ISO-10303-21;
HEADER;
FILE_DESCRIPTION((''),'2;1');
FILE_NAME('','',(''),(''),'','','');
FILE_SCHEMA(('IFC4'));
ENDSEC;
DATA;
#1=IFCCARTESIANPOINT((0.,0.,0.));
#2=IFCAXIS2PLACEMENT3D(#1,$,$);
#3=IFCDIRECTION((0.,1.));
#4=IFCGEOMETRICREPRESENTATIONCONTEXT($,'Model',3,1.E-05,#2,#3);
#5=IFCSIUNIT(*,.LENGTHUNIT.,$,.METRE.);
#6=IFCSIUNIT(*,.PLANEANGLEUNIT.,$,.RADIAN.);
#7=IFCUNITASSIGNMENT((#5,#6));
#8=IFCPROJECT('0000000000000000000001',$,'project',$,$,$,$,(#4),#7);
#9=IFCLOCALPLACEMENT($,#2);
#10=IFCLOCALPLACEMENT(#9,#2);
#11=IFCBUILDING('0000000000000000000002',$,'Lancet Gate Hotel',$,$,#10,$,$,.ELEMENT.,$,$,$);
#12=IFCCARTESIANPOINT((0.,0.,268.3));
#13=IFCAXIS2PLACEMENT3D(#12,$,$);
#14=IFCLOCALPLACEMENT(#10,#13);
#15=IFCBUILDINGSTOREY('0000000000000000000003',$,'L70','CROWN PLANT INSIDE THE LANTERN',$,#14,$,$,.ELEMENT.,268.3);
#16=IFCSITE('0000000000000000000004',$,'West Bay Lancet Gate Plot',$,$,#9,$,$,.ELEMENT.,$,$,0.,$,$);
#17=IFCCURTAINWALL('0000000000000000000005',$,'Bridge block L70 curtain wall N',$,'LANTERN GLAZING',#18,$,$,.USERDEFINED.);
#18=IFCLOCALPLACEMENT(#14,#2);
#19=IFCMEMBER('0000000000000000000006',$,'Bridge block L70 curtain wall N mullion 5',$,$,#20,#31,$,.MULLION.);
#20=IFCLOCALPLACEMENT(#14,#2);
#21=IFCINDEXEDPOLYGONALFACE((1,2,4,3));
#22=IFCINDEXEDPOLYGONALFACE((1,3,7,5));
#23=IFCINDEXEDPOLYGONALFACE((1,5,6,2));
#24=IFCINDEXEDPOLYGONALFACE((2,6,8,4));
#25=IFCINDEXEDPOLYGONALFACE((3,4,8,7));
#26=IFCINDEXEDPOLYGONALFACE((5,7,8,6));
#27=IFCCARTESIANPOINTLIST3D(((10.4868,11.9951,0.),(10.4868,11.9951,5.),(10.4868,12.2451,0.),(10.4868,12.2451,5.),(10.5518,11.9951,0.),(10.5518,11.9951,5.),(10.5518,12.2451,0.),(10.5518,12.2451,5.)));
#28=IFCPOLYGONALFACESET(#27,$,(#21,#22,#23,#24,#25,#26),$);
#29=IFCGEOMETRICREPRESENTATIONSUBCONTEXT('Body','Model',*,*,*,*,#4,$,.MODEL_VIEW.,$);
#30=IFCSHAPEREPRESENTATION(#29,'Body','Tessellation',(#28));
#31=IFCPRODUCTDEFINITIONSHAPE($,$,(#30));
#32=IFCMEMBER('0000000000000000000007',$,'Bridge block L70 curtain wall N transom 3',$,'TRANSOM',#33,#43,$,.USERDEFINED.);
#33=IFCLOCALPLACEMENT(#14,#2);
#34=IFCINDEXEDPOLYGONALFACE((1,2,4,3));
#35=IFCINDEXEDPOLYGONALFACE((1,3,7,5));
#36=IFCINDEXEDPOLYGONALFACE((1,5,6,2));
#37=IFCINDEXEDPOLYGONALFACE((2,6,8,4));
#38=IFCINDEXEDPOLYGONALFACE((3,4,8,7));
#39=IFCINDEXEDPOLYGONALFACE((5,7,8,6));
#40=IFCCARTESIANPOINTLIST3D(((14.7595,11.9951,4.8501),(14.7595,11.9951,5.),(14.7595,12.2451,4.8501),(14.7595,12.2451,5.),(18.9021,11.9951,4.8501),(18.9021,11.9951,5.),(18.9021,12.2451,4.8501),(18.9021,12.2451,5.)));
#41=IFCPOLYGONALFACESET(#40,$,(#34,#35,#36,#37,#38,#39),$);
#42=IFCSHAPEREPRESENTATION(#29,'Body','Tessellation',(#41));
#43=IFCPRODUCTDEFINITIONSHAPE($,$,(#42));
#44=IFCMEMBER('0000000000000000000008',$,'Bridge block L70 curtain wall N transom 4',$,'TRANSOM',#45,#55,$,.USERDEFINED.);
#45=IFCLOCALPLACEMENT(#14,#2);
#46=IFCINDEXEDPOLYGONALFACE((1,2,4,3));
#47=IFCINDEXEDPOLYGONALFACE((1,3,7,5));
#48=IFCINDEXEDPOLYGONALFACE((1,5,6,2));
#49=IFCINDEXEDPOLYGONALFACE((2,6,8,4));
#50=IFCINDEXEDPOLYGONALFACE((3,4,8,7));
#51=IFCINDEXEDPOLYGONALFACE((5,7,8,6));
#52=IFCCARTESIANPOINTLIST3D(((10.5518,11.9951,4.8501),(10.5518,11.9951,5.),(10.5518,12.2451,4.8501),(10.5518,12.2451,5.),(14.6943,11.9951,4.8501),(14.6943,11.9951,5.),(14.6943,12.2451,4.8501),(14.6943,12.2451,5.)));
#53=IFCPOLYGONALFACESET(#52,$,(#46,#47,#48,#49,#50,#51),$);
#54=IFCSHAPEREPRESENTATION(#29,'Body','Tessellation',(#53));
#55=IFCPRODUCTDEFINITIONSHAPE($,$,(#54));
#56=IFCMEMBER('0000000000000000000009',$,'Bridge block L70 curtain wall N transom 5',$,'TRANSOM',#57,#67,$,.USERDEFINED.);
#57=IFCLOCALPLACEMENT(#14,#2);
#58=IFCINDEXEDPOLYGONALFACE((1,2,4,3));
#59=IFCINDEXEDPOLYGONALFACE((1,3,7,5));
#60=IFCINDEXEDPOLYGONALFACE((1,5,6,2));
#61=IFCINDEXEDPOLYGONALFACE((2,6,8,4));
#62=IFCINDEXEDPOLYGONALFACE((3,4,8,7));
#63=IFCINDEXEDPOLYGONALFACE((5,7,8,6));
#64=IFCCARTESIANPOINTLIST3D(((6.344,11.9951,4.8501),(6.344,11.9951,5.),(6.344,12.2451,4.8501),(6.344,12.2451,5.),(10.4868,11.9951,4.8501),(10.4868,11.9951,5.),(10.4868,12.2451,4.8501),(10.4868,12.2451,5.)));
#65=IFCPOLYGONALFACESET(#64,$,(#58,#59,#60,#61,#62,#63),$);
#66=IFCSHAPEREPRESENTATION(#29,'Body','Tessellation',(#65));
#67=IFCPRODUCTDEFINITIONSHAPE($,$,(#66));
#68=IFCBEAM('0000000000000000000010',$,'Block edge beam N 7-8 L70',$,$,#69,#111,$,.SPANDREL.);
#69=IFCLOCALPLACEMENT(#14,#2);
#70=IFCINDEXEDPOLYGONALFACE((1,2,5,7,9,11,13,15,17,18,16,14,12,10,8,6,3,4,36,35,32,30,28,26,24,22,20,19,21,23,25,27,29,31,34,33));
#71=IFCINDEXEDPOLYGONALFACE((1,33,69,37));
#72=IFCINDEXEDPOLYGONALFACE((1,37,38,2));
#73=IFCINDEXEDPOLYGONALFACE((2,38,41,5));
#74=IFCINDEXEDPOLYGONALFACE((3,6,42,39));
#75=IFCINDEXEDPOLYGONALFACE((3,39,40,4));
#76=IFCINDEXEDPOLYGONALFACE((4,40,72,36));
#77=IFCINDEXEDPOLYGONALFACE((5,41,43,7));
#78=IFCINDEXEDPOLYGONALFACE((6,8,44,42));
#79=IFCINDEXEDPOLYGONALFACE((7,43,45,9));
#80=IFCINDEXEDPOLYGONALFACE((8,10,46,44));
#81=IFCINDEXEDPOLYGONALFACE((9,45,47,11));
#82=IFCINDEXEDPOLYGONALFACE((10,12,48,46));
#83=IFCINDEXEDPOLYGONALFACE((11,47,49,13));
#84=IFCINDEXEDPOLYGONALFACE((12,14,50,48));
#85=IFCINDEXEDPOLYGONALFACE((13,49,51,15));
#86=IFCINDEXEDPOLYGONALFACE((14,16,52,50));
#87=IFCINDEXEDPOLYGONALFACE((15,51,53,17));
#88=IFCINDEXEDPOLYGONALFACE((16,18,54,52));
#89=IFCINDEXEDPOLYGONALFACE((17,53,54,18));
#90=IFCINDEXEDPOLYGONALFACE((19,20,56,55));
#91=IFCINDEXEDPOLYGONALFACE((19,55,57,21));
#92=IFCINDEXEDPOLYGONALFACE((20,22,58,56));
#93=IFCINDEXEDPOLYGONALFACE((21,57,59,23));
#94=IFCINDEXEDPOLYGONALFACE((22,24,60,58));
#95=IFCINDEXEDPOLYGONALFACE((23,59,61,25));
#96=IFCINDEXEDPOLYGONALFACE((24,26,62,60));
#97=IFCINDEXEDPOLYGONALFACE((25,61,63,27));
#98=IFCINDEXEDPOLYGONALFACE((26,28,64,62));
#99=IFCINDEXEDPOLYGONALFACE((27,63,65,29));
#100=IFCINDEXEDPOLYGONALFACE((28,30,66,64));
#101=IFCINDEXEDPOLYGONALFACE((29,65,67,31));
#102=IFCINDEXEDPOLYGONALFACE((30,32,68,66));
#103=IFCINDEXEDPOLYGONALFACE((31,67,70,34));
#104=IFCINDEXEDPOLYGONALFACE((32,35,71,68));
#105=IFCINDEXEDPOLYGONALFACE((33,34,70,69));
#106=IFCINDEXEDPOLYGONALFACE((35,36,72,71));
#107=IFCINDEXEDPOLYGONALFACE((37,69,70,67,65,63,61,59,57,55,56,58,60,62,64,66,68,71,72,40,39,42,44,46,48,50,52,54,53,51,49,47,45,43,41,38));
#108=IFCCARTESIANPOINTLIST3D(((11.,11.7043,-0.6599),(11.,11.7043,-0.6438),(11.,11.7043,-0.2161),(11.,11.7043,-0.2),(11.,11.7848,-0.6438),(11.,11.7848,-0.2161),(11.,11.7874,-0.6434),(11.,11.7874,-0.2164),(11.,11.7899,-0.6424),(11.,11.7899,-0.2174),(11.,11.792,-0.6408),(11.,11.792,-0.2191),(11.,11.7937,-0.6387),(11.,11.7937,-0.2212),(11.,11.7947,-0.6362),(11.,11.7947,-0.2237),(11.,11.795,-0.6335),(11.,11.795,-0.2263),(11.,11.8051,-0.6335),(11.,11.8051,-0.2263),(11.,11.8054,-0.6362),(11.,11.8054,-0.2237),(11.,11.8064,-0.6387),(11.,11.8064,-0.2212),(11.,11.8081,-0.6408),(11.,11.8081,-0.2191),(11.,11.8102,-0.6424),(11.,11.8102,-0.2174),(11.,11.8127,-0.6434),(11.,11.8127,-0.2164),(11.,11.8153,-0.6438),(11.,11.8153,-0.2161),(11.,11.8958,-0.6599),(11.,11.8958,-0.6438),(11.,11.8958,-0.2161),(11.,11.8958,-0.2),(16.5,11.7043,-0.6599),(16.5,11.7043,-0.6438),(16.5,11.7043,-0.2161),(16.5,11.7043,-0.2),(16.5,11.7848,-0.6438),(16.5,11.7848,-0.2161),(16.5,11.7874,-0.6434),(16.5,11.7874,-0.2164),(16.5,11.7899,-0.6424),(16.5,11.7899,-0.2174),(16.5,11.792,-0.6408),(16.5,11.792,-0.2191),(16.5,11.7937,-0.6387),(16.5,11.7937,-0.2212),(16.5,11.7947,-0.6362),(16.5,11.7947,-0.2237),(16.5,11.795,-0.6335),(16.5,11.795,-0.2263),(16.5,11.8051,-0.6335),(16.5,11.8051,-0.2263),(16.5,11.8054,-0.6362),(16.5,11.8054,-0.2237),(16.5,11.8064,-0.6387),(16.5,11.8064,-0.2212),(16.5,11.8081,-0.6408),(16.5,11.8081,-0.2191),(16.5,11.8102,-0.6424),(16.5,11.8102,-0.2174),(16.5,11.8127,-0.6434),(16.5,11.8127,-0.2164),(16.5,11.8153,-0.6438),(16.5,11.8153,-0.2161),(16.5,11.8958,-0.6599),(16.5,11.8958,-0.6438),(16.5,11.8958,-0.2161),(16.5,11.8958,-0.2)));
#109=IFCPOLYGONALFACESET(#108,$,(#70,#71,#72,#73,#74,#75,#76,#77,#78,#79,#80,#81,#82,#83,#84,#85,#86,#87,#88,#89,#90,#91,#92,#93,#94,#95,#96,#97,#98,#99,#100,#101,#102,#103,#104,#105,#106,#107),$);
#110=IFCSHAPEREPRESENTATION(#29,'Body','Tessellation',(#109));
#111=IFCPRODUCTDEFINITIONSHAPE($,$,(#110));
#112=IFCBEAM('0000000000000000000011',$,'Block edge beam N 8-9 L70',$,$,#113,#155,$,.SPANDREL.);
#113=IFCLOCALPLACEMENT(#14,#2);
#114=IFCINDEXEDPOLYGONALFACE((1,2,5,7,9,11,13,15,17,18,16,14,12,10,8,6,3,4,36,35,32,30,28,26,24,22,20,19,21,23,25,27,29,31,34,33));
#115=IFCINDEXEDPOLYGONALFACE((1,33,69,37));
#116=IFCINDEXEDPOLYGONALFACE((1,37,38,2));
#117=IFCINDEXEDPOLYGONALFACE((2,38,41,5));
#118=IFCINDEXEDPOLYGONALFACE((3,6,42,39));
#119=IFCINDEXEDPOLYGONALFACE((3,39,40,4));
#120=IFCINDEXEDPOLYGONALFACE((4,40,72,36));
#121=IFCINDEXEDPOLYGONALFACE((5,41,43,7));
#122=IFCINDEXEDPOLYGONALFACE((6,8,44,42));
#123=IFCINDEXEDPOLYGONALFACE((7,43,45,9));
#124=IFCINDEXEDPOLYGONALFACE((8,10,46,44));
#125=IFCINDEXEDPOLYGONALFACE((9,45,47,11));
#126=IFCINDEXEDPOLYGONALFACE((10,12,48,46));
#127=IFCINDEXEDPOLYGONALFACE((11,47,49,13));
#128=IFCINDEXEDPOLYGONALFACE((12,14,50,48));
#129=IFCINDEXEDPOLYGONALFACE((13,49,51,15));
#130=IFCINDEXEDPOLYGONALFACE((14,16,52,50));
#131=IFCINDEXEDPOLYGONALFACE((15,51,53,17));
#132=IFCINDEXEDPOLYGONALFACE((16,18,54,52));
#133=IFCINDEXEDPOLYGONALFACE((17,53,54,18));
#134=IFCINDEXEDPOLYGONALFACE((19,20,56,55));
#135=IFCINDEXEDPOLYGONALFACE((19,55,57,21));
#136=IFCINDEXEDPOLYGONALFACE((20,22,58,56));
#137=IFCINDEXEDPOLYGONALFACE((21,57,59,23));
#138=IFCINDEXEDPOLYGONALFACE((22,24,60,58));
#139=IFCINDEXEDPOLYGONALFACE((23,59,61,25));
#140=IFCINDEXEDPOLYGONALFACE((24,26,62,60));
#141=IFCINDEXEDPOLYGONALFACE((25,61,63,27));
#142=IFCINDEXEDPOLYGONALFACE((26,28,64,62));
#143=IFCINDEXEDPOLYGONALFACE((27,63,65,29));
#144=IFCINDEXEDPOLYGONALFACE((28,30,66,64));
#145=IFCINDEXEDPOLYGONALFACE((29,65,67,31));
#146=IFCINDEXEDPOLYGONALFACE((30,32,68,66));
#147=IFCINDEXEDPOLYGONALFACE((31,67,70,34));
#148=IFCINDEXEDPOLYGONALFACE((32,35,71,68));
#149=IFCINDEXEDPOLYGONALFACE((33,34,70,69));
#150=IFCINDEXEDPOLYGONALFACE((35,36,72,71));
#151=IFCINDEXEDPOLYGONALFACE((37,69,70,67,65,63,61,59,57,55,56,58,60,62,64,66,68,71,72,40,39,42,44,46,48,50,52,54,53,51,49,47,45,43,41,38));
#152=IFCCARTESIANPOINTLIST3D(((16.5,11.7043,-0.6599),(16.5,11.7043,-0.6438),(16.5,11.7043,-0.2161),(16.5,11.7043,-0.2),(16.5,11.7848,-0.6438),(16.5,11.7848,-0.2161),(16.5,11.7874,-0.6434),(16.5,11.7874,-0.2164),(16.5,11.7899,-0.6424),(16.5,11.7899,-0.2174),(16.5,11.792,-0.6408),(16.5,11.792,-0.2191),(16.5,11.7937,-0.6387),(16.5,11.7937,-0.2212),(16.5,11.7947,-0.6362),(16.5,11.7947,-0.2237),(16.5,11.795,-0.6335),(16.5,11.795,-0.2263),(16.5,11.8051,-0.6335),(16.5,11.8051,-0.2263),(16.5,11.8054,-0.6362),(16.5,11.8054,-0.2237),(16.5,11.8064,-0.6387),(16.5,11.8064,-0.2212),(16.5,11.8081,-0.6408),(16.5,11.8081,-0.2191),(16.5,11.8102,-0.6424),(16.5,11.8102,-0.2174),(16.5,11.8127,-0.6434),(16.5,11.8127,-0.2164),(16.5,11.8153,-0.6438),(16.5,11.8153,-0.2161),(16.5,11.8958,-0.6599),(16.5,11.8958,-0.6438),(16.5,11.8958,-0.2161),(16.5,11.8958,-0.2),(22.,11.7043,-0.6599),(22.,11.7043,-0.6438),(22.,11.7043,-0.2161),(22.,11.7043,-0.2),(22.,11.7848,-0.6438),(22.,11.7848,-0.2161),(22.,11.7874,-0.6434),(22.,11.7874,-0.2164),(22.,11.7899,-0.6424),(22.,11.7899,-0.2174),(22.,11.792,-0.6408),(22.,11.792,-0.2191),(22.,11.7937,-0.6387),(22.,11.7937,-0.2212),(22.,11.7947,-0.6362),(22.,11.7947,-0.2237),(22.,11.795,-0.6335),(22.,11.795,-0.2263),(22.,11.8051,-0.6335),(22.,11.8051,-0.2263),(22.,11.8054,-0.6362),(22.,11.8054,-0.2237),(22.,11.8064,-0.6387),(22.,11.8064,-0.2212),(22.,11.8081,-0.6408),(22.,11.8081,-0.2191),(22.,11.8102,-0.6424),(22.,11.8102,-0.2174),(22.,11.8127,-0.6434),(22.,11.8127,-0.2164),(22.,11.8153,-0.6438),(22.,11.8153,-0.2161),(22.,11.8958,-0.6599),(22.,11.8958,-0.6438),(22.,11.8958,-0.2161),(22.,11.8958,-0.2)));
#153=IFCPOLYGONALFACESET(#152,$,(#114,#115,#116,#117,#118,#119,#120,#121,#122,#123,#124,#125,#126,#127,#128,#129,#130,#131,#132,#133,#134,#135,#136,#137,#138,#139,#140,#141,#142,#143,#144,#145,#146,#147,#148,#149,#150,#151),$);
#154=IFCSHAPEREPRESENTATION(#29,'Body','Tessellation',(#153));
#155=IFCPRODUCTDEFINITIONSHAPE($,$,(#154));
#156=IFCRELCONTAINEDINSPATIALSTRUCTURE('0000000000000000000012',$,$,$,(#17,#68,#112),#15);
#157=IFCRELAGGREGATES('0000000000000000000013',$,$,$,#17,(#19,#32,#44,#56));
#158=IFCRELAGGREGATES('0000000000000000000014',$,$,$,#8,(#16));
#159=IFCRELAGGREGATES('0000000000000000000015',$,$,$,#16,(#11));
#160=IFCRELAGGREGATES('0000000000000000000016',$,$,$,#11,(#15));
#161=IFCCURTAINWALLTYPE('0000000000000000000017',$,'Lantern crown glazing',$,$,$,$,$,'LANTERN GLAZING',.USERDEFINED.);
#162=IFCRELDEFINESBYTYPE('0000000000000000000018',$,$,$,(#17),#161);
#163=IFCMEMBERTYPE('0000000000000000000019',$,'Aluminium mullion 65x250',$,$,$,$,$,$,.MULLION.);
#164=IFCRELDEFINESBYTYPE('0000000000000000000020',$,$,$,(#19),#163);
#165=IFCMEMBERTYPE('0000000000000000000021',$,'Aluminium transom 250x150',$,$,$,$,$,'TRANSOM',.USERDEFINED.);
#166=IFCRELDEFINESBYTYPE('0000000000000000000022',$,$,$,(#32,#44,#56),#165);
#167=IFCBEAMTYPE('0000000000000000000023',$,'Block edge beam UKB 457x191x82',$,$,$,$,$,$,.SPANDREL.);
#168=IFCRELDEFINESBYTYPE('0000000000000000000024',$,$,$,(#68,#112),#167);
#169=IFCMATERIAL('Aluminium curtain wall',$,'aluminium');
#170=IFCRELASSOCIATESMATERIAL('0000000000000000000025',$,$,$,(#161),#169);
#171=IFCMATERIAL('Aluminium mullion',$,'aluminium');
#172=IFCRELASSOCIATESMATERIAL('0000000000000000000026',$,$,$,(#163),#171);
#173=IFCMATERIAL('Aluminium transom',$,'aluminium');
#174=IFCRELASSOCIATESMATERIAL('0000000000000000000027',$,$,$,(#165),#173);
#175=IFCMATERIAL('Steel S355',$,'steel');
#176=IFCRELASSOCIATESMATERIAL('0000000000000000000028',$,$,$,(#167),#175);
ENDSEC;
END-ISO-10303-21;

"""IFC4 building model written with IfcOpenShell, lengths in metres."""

from ifc_helpers import new_model, si_unit, direction, frame, origin, origin_2d, place, context, subcontext, project, spatial, rectangle, i_section, extrude, material, material_profile, profile_set, type_object, element, aggregate, save


model = new_model("IFC4")

# Units and contexts
model_context = context("Model", 3, precision=1e-05, world=origin(), true_north=direction((0.0, 1.0)))
body_context = subcontext(model_context, "Body", "Model", "MODEL_VIEW")
ifc_project = project(units=[si_unit("LENGTHUNIT", "METRE"), si_unit("PLANEANGLEUNIT", "RADIAN")], contexts=[model_context])

# Site, building, storey
site_placement = place(None, origin())
site = spatial("IfcSite", under=ifc_project, at=site_placement, Name="West Bay Lancet Gate Plot", CompositionType="ELEMENT", RefElevation=0.0)
building_placement = place(site_placement, origin())
building = spatial("IfcBuilding", under=site, at=building_placement, Name="Lancet Gate Hotel", CompositionType="ELEMENT")
storey_placement = place(building_placement, frame((0.0, 0.0, 268.3)))
storey = spatial("IfcBuildingStorey", under=building, at=storey_placement, Name="L70", Description="CROWN PLANT INSIDE THE LANTERN", CompositionType="ELEMENT", Elevation=268.3)

# Curtain wall, members
ifc_material_1 = material(Name="Aluminium curtain wall", Category="aluminium")
curtain_wall_type_1 = type_object("IfcCurtainWallType", Name="Lantern crown glazing", ElementType="LANTERN GLAZING", PredefinedType="USERDEFINED", material=ifc_material_1)
curtain_wall_1_placement = place(storey_placement, origin())
curtain_wall_1 = element("IfcCurtainWall", 1, at=curtain_wall_1_placement, inside=storey, type_object=curtain_wall_type_1, Name="Bridge block L70 curtain wall N", ObjectType="LANTERN GLAZING", PredefinedType="USERDEFINED")
ifc_material_2 = material(Name="Aluminium mullion", Category="aluminium")
ifc_material_profile_1 = material_profile(ifc_material_2, rectangle(XDim=0.0649, YDim=0.25, at=origin_2d()), Name="MULLION 65x250")
ifc_profile_set_1 = profile_set([ifc_material_profile_1], Name="Aluminium mullion")
member_type_1 = type_object("IfcMemberType", Name="Aluminium mullion 65x250", PredefinedType="MULLION", material=ifc_profile_set_1)
member_1_placement = place(storey_placement, frame((10.5193, 12.1201, 0.0), z_axis=(0.0, 0.0, 1.0), x_axis=(-1.0, 0.0, 0.0)))
member_1 = element("IfcMember", 2, at=member_1_placement, type_object=member_type_1, Name="Bridge block L70 curtain wall N mullion 5", PredefinedType="MULLION", context=body_context, shape_type="SweptSolid", body=[
    extrude(rectangle(XDim=0.0649, YDim=0.25, at=origin_2d()), origin(), (0.0, 0.0, 1.0), 5.0),
])
ifc_material_3 = material(Name="Aluminium transom", Category="aluminium")
ifc_material_profile_2 = material_profile(ifc_material_3, rectangle(XDim=0.25, YDim=0.1499, at=origin_2d()), Name="TRANSOM 250x150")
ifc_profile_set_2 = profile_set([ifc_material_profile_2], Name="Aluminium transom")
member_type_2 = type_object("IfcMemberType", Name="Aluminium transom 250x150", ElementType="TRANSOM", PredefinedType="USERDEFINED", material=ifc_profile_set_2)
member_2_placement = place(storey_placement, frame((18.9021, 12.1201, 4.925), z_axis=(-1.0, 0.0, 0.0), x_axis=(0.0, -1.0, 0.0)))
member_2 = element("IfcMember", 3, at=member_2_placement, type_object=member_type_2, Name="Bridge block L70 curtain wall N transom 3", ObjectType="TRANSOM", PredefinedType="USERDEFINED", context=body_context, shape_type="SweptSolid", body=[
    extrude(rectangle(XDim=0.25, YDim=0.1499, at=origin_2d()), origin(), (0.0, 0.0, 1.0), 4.1426),
])
member_3_placement = place(storey_placement, frame((14.6943, 12.1201, 4.925), z_axis=(-1.0, 0.0, 0.0), x_axis=(0.0, -1.0, 0.0)))
member_3 = element("IfcMember", 4, at=member_3_placement, type_object=member_type_2, Name="Bridge block L70 curtain wall N transom 4", ObjectType="TRANSOM", PredefinedType="USERDEFINED", context=body_context, shape_type="SweptSolid", body=[
    extrude(rectangle(XDim=0.25, YDim=0.1499, at=origin_2d()), origin(), (0.0, 0.0, 1.0), 4.1426),
])
member_4_placement = place(storey_placement, frame((10.4868, 12.1201, 4.925), z_axis=(-1.0, 0.0, 0.0), x_axis=(0.0, -1.0, 0.0)))
member_4 = element("IfcMember", 5, at=member_4_placement, type_object=member_type_2, Name="Bridge block L70 curtain wall N transom 5", ObjectType="TRANSOM", PredefinedType="USERDEFINED", context=body_context, shape_type="SweptSolid", body=[
    extrude(rectangle(XDim=0.25, YDim=0.1499, at=origin_2d()), origin(), (0.0, 0.0, 1.0), 4.1428),
])

# Beams
ifc_material_4 = material(Name="Steel S355", Category="steel")
ifc_material_profile_3 = material_profile(ifc_material_4, i_section(OverallWidth=0.1914, OverallDepth=0.46, WebThickness=0.01, FlangeThickness=0.0161, FilletRadius=0.0103, at=origin_2d()), Name="UKB 457x191x82")
ifc_profile_set_3 = profile_set([ifc_material_profile_3], Name="Steel S355")
beam_type_1 = type_object("IfcBeamType", Name="Block edge beam UKB 457x191x82", PredefinedType="SPANDREL", material=ifc_profile_set_3)
for number, where, z_axis, x_axis, name in (
    (6, (11.0, 11.8, -0.4299), (1.0, 0.0, 0.0), (0.0, 1.0, 0.0), "Block edge beam N 7-8 L70"),
    (7, (16.5, 11.8, -0.4299), (1.0, 0.0, 0.0), (0.0, 1.0, 0.0), "Block edge beam N 8-9 L70"),
):
    element("IfcBeam", number, at=place(storey_placement, frame(where, z_axis=z_axis, x_axis=x_axis)), inside=storey, type_object=beam_type_1, Name=name, PredefinedType="SPANDREL", context=body_context, shape_type="SweptSolid", body=[
        extrude(i_section(OverallWidth=0.1914, OverallDepth=0.46, WebThickness=0.01, FlangeThickness=0.0161, FilletRadius=0.0103, at=origin_2d()), origin(), (0.0, 0.0, 1.0), 5.5),
    ])

aggregate(curtain_wall_1, [member_1, member_2, member_3, member_4])

save(model, "model.ifc")
